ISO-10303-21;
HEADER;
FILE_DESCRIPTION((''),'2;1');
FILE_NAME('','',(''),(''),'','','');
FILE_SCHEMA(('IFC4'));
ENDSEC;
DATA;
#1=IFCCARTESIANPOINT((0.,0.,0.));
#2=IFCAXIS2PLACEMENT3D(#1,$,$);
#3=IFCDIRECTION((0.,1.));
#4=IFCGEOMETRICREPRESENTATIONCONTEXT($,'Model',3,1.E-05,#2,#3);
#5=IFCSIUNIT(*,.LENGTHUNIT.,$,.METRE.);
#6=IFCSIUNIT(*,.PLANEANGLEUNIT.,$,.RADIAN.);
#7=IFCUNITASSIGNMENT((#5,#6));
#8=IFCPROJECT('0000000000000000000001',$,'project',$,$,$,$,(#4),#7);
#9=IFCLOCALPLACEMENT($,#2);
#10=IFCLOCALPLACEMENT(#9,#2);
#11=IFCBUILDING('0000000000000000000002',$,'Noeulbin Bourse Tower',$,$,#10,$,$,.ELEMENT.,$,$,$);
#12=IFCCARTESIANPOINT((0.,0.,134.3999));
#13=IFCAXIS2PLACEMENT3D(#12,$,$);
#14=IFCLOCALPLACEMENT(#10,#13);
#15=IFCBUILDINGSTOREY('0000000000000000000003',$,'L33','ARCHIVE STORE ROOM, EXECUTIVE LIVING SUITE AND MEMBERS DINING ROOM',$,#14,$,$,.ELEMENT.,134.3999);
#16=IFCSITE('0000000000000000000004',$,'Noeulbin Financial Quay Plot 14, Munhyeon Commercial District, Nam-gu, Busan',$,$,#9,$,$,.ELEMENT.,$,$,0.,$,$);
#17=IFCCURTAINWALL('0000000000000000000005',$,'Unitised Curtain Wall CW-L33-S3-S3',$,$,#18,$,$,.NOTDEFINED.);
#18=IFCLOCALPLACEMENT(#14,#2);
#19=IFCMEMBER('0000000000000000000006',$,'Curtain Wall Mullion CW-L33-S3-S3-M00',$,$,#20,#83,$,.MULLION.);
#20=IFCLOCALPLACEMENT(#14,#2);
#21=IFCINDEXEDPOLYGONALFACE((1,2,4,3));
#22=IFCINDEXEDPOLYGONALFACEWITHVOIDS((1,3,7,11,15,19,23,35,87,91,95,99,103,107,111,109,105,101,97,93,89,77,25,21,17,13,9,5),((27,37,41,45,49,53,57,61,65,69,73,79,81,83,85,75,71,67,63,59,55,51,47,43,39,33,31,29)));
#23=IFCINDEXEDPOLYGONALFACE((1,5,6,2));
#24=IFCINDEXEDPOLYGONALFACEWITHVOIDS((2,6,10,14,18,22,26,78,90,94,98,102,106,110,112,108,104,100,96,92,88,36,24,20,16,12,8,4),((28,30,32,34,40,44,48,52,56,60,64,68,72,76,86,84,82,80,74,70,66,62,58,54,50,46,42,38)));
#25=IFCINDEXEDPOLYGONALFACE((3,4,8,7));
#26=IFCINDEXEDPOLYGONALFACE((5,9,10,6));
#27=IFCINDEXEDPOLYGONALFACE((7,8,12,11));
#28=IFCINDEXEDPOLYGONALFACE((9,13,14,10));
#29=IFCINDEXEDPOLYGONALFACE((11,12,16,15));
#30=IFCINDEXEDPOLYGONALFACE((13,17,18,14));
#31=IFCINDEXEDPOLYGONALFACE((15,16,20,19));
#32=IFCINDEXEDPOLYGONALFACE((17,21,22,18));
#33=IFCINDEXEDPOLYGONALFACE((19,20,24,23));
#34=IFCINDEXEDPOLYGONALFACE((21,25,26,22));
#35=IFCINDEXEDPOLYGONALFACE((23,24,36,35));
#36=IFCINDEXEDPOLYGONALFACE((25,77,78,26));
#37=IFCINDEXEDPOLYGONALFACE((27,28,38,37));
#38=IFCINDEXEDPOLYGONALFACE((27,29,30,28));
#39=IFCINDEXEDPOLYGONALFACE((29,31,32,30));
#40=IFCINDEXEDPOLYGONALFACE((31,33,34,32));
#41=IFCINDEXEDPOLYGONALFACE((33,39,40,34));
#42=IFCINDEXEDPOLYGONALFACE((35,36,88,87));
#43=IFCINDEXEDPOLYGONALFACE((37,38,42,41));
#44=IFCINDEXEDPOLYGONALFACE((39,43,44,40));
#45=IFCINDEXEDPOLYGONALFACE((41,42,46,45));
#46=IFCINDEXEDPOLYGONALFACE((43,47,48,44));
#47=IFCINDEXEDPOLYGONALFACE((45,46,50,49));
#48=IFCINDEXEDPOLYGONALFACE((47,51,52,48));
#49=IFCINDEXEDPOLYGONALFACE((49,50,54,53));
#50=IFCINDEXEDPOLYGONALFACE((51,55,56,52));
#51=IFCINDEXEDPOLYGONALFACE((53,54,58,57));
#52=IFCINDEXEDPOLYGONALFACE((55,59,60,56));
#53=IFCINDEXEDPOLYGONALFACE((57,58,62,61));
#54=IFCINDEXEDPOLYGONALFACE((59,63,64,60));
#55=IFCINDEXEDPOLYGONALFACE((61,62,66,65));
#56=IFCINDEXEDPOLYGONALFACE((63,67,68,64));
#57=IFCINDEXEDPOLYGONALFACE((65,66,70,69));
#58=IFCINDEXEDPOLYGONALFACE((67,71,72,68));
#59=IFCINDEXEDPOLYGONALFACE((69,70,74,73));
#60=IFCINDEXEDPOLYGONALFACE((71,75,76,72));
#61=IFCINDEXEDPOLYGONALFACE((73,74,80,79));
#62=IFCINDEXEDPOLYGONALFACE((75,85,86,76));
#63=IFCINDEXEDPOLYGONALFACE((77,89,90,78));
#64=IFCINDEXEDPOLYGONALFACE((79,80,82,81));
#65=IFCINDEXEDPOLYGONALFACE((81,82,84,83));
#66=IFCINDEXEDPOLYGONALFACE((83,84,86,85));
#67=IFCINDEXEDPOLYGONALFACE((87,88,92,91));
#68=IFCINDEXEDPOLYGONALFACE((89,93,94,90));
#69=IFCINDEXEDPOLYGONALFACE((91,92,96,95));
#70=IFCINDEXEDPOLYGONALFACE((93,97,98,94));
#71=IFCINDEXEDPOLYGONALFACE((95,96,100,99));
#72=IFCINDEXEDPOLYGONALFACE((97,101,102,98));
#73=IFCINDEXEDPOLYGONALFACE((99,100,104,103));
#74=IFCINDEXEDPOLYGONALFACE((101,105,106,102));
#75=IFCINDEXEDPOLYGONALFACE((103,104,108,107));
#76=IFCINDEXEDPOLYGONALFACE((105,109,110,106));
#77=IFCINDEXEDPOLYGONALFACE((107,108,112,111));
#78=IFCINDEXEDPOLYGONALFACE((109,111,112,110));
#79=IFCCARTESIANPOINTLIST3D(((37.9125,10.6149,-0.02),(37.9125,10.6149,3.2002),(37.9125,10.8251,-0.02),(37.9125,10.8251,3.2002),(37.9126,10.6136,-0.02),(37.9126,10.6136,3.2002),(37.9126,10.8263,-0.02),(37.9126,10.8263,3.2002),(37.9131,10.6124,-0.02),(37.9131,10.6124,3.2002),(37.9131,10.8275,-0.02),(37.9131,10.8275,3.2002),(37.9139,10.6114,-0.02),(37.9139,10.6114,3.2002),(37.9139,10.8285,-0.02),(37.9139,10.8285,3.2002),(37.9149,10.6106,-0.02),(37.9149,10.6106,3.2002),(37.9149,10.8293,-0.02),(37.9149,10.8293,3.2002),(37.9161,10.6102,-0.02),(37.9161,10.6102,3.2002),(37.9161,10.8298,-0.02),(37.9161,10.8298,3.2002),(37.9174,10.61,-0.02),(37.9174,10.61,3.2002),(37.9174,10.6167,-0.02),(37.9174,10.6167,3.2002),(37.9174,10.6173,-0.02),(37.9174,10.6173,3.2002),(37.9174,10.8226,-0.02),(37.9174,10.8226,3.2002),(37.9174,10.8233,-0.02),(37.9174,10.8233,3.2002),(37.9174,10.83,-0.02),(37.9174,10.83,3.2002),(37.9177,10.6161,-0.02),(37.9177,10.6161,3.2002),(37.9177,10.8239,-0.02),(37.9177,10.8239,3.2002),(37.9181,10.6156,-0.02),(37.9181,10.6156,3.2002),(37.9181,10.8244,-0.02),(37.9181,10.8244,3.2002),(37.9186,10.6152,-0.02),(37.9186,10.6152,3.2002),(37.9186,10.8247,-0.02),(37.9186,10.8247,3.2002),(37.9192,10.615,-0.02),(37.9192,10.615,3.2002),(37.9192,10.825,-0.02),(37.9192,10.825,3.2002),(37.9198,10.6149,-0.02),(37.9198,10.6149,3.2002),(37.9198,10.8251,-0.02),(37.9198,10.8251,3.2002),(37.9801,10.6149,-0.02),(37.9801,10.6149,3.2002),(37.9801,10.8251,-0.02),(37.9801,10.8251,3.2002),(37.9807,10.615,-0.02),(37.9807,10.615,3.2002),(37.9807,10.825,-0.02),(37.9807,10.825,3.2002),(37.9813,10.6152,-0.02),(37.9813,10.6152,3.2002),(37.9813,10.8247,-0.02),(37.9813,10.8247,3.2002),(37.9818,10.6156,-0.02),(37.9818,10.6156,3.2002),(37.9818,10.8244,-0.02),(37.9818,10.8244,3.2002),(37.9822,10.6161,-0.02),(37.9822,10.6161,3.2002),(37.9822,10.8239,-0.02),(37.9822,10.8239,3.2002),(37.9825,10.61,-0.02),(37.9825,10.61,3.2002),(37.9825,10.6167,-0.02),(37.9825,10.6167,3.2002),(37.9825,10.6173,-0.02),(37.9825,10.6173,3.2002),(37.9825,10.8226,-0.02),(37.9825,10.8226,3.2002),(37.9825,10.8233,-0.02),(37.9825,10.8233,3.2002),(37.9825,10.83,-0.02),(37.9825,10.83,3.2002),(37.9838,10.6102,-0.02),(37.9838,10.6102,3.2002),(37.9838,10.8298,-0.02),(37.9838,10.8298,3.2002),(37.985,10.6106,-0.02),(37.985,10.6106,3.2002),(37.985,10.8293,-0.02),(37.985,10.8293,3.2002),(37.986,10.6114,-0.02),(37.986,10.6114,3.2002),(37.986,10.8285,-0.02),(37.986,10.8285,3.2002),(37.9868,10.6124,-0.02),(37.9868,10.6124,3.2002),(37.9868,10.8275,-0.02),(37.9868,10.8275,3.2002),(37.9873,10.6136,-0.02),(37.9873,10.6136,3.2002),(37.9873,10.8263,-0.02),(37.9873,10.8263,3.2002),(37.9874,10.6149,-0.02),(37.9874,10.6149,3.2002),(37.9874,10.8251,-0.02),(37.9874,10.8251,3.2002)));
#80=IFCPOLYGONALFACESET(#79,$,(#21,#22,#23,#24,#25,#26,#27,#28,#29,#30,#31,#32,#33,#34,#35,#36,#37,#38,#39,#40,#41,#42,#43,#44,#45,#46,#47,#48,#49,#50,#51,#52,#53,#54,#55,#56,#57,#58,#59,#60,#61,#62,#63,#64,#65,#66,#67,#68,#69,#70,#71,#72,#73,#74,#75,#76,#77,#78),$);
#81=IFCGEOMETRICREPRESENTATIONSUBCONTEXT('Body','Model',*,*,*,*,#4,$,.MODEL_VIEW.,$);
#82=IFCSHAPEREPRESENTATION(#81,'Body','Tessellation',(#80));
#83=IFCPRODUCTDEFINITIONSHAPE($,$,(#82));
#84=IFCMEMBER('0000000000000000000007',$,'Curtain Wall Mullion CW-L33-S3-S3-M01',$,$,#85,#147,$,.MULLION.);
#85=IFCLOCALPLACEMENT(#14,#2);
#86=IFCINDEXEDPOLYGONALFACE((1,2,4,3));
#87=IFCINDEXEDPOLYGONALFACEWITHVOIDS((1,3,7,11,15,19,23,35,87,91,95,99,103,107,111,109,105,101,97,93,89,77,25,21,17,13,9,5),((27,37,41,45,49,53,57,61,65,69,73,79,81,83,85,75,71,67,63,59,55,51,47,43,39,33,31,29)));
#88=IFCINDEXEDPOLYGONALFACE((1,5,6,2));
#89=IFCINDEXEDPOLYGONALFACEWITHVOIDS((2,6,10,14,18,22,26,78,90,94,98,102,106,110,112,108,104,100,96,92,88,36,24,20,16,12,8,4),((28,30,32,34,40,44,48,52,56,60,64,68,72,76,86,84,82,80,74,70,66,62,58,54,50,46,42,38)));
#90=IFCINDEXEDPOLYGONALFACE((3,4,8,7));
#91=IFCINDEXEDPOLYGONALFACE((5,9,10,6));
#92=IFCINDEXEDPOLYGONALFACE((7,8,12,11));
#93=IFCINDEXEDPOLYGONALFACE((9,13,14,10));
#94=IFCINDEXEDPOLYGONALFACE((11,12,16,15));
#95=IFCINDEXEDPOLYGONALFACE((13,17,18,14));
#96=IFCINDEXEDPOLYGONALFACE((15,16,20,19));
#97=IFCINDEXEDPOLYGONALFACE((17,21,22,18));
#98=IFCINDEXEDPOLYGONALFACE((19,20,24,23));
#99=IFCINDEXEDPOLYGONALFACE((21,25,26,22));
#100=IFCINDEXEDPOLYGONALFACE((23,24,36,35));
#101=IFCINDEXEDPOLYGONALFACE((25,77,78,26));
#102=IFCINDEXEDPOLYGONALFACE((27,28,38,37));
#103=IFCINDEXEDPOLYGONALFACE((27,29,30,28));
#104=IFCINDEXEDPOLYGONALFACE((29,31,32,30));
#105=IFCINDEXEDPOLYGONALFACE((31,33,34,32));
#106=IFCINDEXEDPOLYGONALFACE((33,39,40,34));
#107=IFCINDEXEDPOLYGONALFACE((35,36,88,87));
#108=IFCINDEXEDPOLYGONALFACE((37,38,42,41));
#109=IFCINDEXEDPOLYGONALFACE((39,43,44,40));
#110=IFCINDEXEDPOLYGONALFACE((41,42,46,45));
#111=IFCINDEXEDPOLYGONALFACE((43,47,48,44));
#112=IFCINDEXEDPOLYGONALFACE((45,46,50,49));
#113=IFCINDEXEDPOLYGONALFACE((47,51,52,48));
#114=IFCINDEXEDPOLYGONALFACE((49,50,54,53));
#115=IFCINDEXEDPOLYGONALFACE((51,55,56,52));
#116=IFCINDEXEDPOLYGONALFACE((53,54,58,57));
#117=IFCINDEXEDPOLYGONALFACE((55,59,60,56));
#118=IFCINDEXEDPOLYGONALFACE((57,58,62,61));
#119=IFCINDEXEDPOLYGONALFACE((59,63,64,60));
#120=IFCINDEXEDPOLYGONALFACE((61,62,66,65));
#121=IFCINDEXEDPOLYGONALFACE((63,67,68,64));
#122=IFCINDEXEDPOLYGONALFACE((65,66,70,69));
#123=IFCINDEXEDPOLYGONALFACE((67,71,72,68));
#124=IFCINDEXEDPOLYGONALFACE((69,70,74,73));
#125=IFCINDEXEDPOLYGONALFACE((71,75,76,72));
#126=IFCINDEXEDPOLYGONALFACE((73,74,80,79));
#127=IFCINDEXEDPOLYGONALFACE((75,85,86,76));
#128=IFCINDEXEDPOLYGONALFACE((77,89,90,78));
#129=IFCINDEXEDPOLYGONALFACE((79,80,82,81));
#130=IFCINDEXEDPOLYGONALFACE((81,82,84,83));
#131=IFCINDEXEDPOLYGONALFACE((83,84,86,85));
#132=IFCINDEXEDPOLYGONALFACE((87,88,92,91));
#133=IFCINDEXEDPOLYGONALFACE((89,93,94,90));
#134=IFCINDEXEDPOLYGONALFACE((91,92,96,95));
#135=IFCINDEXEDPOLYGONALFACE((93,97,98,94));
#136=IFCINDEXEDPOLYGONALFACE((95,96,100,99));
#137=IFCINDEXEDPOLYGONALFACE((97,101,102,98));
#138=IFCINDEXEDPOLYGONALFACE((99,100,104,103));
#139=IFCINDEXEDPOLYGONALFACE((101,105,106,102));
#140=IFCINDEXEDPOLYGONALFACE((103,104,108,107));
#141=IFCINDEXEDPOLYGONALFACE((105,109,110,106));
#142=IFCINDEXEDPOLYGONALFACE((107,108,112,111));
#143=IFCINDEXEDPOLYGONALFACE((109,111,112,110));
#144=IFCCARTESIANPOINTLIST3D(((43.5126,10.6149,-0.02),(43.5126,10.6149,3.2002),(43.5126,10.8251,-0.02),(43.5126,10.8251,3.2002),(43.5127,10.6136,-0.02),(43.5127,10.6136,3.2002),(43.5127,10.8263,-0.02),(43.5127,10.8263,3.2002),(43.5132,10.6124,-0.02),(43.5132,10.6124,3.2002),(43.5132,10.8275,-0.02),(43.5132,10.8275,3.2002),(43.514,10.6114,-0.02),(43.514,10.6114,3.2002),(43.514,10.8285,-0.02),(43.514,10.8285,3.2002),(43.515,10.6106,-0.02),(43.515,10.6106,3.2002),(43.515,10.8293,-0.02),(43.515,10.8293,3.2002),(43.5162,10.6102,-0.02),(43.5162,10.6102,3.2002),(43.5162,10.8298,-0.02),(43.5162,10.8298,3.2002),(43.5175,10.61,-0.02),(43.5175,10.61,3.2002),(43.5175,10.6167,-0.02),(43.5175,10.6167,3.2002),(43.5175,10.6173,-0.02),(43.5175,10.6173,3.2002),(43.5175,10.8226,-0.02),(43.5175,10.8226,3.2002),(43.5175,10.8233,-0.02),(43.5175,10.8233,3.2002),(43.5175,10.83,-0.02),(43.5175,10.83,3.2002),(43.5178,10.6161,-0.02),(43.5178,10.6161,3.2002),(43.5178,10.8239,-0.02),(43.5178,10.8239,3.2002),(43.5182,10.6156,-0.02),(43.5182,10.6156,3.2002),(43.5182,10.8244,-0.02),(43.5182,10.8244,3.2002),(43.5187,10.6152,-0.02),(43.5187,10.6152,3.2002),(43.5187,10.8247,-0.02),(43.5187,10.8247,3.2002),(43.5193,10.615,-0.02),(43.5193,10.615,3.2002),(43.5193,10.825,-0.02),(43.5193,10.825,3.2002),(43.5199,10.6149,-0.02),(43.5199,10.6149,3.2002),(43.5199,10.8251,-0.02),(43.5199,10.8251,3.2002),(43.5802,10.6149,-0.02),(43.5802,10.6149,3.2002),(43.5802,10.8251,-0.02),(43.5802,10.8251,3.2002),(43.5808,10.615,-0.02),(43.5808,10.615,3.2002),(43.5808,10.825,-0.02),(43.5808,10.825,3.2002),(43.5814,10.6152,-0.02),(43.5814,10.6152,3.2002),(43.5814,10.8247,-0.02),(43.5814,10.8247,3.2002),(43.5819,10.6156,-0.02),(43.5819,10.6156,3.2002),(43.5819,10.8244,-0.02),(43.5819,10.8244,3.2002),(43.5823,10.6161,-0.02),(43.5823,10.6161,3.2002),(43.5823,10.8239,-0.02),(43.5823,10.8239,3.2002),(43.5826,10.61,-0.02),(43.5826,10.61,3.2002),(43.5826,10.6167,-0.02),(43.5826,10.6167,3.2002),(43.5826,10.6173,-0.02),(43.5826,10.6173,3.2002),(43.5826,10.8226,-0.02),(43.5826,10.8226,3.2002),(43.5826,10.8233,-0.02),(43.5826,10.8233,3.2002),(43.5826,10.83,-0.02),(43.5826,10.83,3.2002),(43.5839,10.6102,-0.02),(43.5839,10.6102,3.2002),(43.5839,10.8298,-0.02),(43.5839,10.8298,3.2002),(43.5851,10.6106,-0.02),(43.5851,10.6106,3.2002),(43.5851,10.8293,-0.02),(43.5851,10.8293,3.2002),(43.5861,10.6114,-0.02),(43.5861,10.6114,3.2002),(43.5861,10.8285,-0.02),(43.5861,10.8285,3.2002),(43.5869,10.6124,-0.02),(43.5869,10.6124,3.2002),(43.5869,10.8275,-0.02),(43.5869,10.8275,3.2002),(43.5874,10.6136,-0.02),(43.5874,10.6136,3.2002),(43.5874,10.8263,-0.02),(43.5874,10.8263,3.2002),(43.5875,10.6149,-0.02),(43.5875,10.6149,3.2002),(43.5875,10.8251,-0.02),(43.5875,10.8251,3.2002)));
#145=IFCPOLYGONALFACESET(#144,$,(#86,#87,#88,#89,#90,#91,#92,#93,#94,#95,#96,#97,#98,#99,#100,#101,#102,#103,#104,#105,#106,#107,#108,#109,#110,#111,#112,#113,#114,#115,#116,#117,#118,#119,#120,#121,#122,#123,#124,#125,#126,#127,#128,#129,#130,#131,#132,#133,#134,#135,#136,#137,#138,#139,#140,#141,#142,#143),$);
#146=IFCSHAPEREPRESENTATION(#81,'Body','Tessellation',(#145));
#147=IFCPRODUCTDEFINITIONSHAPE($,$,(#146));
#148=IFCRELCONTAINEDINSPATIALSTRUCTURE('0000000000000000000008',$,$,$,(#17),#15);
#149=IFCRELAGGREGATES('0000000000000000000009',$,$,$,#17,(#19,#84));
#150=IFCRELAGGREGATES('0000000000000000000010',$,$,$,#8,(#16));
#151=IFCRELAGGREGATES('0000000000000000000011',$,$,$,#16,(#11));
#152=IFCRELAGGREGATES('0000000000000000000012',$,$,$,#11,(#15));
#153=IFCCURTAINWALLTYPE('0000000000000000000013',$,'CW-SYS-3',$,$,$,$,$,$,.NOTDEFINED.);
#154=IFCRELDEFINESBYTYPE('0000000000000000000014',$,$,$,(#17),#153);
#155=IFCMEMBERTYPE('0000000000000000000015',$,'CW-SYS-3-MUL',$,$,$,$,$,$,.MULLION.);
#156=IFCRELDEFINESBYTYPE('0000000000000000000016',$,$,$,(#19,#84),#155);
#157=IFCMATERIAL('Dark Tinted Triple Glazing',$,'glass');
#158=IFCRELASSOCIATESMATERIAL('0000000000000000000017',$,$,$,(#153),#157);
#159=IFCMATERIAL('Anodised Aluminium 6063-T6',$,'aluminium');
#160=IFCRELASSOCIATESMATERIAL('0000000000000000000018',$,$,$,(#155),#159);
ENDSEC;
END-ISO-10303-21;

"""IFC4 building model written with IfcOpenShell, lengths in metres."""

from ifc_helpers import new_model, si_unit, direction, frame, origin, origin_2d, place, context, subcontext, project, spatial, hollow_rectangle, extrude, material, material_profile, profile_set, type_object, element, aggregate, save


model = new_model("IFC4")

# Units and contexts
model_context = context("Model", 3, precision=1e-05, world=origin(), true_north=direction((0.0, 1.0)))
body_context = subcontext(model_context, "Body", "Model", "MODEL_VIEW")
ifc_project = project(units=[si_unit("LENGTHUNIT", "METRE"), si_unit("PLANEANGLEUNIT", "RADIAN")], contexts=[model_context])

# Site, building, storey
site_placement = place(None, origin())
site = spatial("IfcSite", under=ifc_project, at=site_placement, Name="Noeulbin Financial Quay Plot 14, Munhyeon Commercial District, Nam-gu, Busan", CompositionType="ELEMENT", RefElevation=0.0)
building_placement = place(site_placement, origin())
building = spatial("IfcBuilding", under=site, at=building_placement, Name="Noeulbin Bourse Tower", CompositionType="ELEMENT")
storey_placement = place(building_placement, frame((0.0, 0.0, 134.3999)))
storey = spatial("IfcBuildingStorey", under=building, at=storey_placement, Name="L33", Description="ARCHIVE STORE ROOM, EXECUTIVE LIVING SUITE AND MEMBERS DINING ROOM", CompositionType="ELEMENT", Elevation=134.3999)

# Curtain wall, members
ifc_material_1 = material(Name="Dark Tinted Triple Glazing", Category="glass")
curtain_wall_type = type_object("IfcCurtainWallType", Name="CW-SYS-3", PredefinedType="NOTDEFINED", material=ifc_material_1)
curtain_wall_placement = place(storey_placement, origin())
curtain_wall = element("IfcCurtainWall", 1, at=curtain_wall_placement, inside=storey, type_object=curtain_wall_type, Name="Unitised Curtain Wall CW-L33-S3-S3", PredefinedType="NOTDEFINED")
ifc_material_2 = material(Name="Anodised Aluminium 6063-T6", Category="aluminium")
ifc_material_profile_1 = material_profile(ifc_material_2, hollow_rectangle(XDim=0.075, YDim=0.22, WallThickness=0.0049, InnerFilletRadius=0.0024, OuterFilletRadius=0.0049, at=origin_2d()), Name="ALU-MULL-75x220x5", Category="LoadBearing")
ifc_profile_set_1 = profile_set([ifc_material_profile_1], Name="Anodised Aluminium 6063-T6")
member_type_1 = type_object("IfcMemberType", Name="CW-SYS-3-MUL", PredefinedType="MULLION", material=ifc_profile_set_1)
member_1_placement = place(storey_placement, frame((37.95, 10.72, -0.02), z_axis=(0.0, 0.0, 1.0), x_axis=(1.0, 0.0, 0.0)))
member_1 = element("IfcMember", 2, at=member_1_placement, type_object=member_type_1, Name="Curtain Wall Mullion CW-L33-S3-S3-M00", PredefinedType="MULLION", context=body_context, shape_type="SweptSolid", body=[
    extrude(hollow_rectangle(XDim=0.075, YDim=0.22, WallThickness=0.0049, InnerFilletRadius=0.0024, OuterFilletRadius=0.0049, at=origin_2d()), origin(), (0.0, 0.0, 1.0), 3.2202),
])
member_2_placement = place(storey_placement, frame((43.55, 10.72, -0.02), z_axis=(0.0, 0.0, 1.0), x_axis=(1.0, 0.0, 0.0)))
member_2 = element("IfcMember", 3, at=member_2_placement, type_object=member_type_1, Name="Curtain Wall Mullion CW-L33-S3-S3-M01", PredefinedType="MULLION", context=body_context, shape_type="SweptSolid", body=[
    extrude(hollow_rectangle(XDim=0.075, YDim=0.22, WallThickness=0.0049, InnerFilletRadius=0.0024, OuterFilletRadius=0.0049, at=origin_2d()), origin(), (0.0, 0.0, 1.0), 3.2202),
])
aggregate(curtain_wall, [member_1, member_2])

save(model, "model.ifc")
